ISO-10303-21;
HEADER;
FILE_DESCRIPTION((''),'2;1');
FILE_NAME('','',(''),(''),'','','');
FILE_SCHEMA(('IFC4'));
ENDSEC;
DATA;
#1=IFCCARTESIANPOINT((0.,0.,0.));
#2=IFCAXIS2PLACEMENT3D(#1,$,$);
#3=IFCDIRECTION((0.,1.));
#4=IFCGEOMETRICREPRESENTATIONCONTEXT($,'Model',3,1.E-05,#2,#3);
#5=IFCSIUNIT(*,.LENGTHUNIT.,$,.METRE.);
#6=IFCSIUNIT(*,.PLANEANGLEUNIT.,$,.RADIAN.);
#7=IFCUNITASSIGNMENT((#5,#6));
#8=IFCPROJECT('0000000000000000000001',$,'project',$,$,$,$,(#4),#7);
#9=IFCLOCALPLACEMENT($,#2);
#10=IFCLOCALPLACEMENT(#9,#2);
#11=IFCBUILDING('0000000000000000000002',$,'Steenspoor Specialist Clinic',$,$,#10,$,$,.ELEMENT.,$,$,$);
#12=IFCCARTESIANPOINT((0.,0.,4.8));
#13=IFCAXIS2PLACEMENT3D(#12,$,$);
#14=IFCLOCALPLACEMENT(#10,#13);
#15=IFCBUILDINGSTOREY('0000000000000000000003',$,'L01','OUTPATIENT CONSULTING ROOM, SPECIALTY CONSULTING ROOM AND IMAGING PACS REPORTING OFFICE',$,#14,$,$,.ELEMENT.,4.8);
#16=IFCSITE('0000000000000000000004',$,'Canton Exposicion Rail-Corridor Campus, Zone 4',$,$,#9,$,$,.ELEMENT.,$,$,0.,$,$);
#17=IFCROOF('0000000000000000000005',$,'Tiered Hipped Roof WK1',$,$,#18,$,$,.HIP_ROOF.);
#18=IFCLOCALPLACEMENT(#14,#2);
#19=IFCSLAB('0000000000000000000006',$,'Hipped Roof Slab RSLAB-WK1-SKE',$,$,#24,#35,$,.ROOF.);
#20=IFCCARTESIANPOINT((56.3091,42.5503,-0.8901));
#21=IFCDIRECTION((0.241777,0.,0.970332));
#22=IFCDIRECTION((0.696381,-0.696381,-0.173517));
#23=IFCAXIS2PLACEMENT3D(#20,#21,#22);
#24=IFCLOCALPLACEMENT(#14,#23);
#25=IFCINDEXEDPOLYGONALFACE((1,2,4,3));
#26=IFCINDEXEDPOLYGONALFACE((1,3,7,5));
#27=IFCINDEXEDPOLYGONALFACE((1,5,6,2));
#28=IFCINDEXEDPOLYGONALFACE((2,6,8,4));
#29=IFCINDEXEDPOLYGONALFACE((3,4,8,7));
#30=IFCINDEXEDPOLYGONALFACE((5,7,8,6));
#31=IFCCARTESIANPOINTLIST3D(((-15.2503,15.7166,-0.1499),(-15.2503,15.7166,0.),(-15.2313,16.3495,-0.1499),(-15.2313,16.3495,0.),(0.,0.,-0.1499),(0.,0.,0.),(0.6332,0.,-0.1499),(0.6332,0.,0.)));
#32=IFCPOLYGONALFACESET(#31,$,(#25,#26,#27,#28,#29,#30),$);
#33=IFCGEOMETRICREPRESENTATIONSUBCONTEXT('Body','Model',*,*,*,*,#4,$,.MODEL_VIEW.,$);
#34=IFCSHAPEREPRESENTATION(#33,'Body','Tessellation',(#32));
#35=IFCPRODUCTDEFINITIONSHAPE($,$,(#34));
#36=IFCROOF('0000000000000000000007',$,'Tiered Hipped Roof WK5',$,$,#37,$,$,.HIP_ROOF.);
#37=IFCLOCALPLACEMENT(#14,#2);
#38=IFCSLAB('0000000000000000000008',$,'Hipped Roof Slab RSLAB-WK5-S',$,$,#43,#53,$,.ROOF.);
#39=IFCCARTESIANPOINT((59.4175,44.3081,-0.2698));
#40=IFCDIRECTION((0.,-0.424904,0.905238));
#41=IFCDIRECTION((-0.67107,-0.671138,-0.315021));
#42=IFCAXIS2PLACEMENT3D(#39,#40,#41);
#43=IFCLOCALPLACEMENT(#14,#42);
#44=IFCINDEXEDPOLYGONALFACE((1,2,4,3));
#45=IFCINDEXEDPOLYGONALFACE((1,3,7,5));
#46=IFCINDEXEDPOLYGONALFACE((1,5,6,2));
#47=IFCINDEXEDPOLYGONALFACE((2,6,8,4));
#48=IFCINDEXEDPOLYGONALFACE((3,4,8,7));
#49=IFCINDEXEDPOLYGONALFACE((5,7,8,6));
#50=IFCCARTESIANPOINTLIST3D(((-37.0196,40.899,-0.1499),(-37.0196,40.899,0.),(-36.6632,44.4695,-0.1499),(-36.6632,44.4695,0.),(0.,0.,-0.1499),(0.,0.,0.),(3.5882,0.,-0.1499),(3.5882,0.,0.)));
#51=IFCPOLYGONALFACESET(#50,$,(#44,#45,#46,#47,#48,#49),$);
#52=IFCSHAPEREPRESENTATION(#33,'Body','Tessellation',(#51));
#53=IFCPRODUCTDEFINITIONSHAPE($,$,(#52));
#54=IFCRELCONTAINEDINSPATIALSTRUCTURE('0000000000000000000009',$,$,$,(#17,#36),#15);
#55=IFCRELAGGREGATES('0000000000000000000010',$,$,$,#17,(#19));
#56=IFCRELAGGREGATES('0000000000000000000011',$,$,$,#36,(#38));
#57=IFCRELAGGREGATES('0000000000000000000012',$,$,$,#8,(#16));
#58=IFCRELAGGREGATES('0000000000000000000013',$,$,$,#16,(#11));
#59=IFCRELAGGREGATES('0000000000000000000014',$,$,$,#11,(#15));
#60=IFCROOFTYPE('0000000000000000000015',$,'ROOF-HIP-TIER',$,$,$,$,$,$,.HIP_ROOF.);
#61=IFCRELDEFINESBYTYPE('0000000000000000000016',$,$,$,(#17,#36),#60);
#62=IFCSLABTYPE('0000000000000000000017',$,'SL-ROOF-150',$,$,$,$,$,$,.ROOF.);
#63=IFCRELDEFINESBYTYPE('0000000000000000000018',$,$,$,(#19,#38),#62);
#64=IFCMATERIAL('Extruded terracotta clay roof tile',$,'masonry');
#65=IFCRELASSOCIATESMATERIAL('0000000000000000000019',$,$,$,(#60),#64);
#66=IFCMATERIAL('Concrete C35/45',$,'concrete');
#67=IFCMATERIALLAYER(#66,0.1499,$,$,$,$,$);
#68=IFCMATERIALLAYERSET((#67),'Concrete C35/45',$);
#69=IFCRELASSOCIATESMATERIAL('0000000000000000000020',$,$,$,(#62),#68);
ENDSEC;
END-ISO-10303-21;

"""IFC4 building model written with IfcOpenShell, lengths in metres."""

from ifc_helpers import new_model, si_unit, direction, frame, origin, place, context, subcontext, project, spatial, polyline, outline, extrude, material, layer, layer_set, type_object, element, aggregate, save


model = new_model("IFC4")

# Units and contexts
model_context = context("Model", 3, precision=1e-05, world=origin(), true_north=direction((0.0, 1.0)))
body_context = subcontext(model_context, "Body", "Model", "MODEL_VIEW")
ifc_project = project(units=[si_unit("LENGTHUNIT", "METRE"), si_unit("PLANEANGLEUNIT", "RADIAN")], contexts=[model_context])

# Site, building, storey
site_placement = place(None, origin())
site = spatial("IfcSite", under=ifc_project, at=site_placement, Name="Canton Exposicion Rail-Corridor Campus, Zone 4", CompositionType="ELEMENT", RefElevation=0.0)
building_placement = place(site_placement, origin())
building = spatial("IfcBuilding", under=site, at=building_placement, Name="Steenspoor Specialist Clinic", CompositionType="ELEMENT")
storey_placement = place(building_placement, frame((0.0, 0.0, 4.8)))
storey = spatial("IfcBuildingStorey", under=building, at=storey_placement, Name="L01", Description="OUTPATIENT CONSULTING ROOM, SPECIALTY CONSULTING ROOM AND IMAGING PACS REPORTING OFFICE", CompositionType="ELEMENT", Elevation=4.8)

# Shared definitions
ifc_material_1 = material(Name="Concrete C35/45", Category="concrete")

# Roof, slab
ifc_material_2 = material(Name="Extruded terracotta clay roof tile", Category="masonry")
roof_type = type_object("IfcRoofType", Name="ROOF-HIP-TIER", PredefinedType="HIP_ROOF", material=ifc_material_2)
roof_1_placement = place(storey_placement, origin())
roof_1 = element("IfcRoof", 1, at=roof_1_placement, inside=storey, type_object=roof_type, Name="Tiered Hipped Roof WK1", PredefinedType="HIP_ROOF")
ifc_layer_1 = layer(ifc_material_1, 0.1499)
ifc_layer_set_1 = layer_set([ifc_layer_1], Name="Concrete C35/45")
slab_type = type_object("IfcSlabType", Name="SL-ROOF-150", PredefinedType="ROOF", material=ifc_layer_set_1)
slab_1_placement = place(storey_placement, frame((56.3091, 42.5503, -0.8901), z_axis=(0.241777, 0.0, 0.970332), x_axis=(0.696381, -0.696381, -0.173517)))
slab_1 = element("IfcSlab", 2, at=slab_1_placement, type_object=slab_type, Name="Hipped Roof Slab RSLAB-WK1-SKE", PredefinedType="ROOF", context=body_context, shape_type="SweptSolid", body=[
    extrude(outline(polyline([(0.0, 0.0), (0.6332, 0.0), (-15.2313, 16.3495), (-15.2503, 15.7166), (0.0, 0.0)])), origin(), (0.0, 0.0, -1.0), 0.1499),
])
aggregate(roof_1, [slab_1])

# Roof, slab
roof_2_placement = place(storey_placement, origin())
roof_2 = element("IfcRoof", 3, at=roof_2_placement, inside=storey, type_object=roof_type, Name="Tiered Hipped Roof WK5", PredefinedType="HIP_ROOF")
slab_2_placement = place(storey_placement, frame((59.4175, 44.3081, -0.2698), z_axis=(0.0, -0.424904, 0.905238), x_axis=(-0.67107, -0.671138, -0.315021)))
slab_2 = element("IfcSlab", 4, at=slab_2_placement, type_object=slab_type, Name="Hipped Roof Slab RSLAB-WK5-S", PredefinedType="ROOF", context=body_context, shape_type="SweptSolid", body=[
    extrude(outline(polyline([(0.0, 0.0), (3.5882, 0.0), (-36.6632, 44.4695), (-37.0196, 40.899), (0.0, 0.0)])), origin(), (0.0, 0.0, -1.0), 0.1499),
])
aggregate(roof_2, [slab_2])

save(model, "model.ifc")
